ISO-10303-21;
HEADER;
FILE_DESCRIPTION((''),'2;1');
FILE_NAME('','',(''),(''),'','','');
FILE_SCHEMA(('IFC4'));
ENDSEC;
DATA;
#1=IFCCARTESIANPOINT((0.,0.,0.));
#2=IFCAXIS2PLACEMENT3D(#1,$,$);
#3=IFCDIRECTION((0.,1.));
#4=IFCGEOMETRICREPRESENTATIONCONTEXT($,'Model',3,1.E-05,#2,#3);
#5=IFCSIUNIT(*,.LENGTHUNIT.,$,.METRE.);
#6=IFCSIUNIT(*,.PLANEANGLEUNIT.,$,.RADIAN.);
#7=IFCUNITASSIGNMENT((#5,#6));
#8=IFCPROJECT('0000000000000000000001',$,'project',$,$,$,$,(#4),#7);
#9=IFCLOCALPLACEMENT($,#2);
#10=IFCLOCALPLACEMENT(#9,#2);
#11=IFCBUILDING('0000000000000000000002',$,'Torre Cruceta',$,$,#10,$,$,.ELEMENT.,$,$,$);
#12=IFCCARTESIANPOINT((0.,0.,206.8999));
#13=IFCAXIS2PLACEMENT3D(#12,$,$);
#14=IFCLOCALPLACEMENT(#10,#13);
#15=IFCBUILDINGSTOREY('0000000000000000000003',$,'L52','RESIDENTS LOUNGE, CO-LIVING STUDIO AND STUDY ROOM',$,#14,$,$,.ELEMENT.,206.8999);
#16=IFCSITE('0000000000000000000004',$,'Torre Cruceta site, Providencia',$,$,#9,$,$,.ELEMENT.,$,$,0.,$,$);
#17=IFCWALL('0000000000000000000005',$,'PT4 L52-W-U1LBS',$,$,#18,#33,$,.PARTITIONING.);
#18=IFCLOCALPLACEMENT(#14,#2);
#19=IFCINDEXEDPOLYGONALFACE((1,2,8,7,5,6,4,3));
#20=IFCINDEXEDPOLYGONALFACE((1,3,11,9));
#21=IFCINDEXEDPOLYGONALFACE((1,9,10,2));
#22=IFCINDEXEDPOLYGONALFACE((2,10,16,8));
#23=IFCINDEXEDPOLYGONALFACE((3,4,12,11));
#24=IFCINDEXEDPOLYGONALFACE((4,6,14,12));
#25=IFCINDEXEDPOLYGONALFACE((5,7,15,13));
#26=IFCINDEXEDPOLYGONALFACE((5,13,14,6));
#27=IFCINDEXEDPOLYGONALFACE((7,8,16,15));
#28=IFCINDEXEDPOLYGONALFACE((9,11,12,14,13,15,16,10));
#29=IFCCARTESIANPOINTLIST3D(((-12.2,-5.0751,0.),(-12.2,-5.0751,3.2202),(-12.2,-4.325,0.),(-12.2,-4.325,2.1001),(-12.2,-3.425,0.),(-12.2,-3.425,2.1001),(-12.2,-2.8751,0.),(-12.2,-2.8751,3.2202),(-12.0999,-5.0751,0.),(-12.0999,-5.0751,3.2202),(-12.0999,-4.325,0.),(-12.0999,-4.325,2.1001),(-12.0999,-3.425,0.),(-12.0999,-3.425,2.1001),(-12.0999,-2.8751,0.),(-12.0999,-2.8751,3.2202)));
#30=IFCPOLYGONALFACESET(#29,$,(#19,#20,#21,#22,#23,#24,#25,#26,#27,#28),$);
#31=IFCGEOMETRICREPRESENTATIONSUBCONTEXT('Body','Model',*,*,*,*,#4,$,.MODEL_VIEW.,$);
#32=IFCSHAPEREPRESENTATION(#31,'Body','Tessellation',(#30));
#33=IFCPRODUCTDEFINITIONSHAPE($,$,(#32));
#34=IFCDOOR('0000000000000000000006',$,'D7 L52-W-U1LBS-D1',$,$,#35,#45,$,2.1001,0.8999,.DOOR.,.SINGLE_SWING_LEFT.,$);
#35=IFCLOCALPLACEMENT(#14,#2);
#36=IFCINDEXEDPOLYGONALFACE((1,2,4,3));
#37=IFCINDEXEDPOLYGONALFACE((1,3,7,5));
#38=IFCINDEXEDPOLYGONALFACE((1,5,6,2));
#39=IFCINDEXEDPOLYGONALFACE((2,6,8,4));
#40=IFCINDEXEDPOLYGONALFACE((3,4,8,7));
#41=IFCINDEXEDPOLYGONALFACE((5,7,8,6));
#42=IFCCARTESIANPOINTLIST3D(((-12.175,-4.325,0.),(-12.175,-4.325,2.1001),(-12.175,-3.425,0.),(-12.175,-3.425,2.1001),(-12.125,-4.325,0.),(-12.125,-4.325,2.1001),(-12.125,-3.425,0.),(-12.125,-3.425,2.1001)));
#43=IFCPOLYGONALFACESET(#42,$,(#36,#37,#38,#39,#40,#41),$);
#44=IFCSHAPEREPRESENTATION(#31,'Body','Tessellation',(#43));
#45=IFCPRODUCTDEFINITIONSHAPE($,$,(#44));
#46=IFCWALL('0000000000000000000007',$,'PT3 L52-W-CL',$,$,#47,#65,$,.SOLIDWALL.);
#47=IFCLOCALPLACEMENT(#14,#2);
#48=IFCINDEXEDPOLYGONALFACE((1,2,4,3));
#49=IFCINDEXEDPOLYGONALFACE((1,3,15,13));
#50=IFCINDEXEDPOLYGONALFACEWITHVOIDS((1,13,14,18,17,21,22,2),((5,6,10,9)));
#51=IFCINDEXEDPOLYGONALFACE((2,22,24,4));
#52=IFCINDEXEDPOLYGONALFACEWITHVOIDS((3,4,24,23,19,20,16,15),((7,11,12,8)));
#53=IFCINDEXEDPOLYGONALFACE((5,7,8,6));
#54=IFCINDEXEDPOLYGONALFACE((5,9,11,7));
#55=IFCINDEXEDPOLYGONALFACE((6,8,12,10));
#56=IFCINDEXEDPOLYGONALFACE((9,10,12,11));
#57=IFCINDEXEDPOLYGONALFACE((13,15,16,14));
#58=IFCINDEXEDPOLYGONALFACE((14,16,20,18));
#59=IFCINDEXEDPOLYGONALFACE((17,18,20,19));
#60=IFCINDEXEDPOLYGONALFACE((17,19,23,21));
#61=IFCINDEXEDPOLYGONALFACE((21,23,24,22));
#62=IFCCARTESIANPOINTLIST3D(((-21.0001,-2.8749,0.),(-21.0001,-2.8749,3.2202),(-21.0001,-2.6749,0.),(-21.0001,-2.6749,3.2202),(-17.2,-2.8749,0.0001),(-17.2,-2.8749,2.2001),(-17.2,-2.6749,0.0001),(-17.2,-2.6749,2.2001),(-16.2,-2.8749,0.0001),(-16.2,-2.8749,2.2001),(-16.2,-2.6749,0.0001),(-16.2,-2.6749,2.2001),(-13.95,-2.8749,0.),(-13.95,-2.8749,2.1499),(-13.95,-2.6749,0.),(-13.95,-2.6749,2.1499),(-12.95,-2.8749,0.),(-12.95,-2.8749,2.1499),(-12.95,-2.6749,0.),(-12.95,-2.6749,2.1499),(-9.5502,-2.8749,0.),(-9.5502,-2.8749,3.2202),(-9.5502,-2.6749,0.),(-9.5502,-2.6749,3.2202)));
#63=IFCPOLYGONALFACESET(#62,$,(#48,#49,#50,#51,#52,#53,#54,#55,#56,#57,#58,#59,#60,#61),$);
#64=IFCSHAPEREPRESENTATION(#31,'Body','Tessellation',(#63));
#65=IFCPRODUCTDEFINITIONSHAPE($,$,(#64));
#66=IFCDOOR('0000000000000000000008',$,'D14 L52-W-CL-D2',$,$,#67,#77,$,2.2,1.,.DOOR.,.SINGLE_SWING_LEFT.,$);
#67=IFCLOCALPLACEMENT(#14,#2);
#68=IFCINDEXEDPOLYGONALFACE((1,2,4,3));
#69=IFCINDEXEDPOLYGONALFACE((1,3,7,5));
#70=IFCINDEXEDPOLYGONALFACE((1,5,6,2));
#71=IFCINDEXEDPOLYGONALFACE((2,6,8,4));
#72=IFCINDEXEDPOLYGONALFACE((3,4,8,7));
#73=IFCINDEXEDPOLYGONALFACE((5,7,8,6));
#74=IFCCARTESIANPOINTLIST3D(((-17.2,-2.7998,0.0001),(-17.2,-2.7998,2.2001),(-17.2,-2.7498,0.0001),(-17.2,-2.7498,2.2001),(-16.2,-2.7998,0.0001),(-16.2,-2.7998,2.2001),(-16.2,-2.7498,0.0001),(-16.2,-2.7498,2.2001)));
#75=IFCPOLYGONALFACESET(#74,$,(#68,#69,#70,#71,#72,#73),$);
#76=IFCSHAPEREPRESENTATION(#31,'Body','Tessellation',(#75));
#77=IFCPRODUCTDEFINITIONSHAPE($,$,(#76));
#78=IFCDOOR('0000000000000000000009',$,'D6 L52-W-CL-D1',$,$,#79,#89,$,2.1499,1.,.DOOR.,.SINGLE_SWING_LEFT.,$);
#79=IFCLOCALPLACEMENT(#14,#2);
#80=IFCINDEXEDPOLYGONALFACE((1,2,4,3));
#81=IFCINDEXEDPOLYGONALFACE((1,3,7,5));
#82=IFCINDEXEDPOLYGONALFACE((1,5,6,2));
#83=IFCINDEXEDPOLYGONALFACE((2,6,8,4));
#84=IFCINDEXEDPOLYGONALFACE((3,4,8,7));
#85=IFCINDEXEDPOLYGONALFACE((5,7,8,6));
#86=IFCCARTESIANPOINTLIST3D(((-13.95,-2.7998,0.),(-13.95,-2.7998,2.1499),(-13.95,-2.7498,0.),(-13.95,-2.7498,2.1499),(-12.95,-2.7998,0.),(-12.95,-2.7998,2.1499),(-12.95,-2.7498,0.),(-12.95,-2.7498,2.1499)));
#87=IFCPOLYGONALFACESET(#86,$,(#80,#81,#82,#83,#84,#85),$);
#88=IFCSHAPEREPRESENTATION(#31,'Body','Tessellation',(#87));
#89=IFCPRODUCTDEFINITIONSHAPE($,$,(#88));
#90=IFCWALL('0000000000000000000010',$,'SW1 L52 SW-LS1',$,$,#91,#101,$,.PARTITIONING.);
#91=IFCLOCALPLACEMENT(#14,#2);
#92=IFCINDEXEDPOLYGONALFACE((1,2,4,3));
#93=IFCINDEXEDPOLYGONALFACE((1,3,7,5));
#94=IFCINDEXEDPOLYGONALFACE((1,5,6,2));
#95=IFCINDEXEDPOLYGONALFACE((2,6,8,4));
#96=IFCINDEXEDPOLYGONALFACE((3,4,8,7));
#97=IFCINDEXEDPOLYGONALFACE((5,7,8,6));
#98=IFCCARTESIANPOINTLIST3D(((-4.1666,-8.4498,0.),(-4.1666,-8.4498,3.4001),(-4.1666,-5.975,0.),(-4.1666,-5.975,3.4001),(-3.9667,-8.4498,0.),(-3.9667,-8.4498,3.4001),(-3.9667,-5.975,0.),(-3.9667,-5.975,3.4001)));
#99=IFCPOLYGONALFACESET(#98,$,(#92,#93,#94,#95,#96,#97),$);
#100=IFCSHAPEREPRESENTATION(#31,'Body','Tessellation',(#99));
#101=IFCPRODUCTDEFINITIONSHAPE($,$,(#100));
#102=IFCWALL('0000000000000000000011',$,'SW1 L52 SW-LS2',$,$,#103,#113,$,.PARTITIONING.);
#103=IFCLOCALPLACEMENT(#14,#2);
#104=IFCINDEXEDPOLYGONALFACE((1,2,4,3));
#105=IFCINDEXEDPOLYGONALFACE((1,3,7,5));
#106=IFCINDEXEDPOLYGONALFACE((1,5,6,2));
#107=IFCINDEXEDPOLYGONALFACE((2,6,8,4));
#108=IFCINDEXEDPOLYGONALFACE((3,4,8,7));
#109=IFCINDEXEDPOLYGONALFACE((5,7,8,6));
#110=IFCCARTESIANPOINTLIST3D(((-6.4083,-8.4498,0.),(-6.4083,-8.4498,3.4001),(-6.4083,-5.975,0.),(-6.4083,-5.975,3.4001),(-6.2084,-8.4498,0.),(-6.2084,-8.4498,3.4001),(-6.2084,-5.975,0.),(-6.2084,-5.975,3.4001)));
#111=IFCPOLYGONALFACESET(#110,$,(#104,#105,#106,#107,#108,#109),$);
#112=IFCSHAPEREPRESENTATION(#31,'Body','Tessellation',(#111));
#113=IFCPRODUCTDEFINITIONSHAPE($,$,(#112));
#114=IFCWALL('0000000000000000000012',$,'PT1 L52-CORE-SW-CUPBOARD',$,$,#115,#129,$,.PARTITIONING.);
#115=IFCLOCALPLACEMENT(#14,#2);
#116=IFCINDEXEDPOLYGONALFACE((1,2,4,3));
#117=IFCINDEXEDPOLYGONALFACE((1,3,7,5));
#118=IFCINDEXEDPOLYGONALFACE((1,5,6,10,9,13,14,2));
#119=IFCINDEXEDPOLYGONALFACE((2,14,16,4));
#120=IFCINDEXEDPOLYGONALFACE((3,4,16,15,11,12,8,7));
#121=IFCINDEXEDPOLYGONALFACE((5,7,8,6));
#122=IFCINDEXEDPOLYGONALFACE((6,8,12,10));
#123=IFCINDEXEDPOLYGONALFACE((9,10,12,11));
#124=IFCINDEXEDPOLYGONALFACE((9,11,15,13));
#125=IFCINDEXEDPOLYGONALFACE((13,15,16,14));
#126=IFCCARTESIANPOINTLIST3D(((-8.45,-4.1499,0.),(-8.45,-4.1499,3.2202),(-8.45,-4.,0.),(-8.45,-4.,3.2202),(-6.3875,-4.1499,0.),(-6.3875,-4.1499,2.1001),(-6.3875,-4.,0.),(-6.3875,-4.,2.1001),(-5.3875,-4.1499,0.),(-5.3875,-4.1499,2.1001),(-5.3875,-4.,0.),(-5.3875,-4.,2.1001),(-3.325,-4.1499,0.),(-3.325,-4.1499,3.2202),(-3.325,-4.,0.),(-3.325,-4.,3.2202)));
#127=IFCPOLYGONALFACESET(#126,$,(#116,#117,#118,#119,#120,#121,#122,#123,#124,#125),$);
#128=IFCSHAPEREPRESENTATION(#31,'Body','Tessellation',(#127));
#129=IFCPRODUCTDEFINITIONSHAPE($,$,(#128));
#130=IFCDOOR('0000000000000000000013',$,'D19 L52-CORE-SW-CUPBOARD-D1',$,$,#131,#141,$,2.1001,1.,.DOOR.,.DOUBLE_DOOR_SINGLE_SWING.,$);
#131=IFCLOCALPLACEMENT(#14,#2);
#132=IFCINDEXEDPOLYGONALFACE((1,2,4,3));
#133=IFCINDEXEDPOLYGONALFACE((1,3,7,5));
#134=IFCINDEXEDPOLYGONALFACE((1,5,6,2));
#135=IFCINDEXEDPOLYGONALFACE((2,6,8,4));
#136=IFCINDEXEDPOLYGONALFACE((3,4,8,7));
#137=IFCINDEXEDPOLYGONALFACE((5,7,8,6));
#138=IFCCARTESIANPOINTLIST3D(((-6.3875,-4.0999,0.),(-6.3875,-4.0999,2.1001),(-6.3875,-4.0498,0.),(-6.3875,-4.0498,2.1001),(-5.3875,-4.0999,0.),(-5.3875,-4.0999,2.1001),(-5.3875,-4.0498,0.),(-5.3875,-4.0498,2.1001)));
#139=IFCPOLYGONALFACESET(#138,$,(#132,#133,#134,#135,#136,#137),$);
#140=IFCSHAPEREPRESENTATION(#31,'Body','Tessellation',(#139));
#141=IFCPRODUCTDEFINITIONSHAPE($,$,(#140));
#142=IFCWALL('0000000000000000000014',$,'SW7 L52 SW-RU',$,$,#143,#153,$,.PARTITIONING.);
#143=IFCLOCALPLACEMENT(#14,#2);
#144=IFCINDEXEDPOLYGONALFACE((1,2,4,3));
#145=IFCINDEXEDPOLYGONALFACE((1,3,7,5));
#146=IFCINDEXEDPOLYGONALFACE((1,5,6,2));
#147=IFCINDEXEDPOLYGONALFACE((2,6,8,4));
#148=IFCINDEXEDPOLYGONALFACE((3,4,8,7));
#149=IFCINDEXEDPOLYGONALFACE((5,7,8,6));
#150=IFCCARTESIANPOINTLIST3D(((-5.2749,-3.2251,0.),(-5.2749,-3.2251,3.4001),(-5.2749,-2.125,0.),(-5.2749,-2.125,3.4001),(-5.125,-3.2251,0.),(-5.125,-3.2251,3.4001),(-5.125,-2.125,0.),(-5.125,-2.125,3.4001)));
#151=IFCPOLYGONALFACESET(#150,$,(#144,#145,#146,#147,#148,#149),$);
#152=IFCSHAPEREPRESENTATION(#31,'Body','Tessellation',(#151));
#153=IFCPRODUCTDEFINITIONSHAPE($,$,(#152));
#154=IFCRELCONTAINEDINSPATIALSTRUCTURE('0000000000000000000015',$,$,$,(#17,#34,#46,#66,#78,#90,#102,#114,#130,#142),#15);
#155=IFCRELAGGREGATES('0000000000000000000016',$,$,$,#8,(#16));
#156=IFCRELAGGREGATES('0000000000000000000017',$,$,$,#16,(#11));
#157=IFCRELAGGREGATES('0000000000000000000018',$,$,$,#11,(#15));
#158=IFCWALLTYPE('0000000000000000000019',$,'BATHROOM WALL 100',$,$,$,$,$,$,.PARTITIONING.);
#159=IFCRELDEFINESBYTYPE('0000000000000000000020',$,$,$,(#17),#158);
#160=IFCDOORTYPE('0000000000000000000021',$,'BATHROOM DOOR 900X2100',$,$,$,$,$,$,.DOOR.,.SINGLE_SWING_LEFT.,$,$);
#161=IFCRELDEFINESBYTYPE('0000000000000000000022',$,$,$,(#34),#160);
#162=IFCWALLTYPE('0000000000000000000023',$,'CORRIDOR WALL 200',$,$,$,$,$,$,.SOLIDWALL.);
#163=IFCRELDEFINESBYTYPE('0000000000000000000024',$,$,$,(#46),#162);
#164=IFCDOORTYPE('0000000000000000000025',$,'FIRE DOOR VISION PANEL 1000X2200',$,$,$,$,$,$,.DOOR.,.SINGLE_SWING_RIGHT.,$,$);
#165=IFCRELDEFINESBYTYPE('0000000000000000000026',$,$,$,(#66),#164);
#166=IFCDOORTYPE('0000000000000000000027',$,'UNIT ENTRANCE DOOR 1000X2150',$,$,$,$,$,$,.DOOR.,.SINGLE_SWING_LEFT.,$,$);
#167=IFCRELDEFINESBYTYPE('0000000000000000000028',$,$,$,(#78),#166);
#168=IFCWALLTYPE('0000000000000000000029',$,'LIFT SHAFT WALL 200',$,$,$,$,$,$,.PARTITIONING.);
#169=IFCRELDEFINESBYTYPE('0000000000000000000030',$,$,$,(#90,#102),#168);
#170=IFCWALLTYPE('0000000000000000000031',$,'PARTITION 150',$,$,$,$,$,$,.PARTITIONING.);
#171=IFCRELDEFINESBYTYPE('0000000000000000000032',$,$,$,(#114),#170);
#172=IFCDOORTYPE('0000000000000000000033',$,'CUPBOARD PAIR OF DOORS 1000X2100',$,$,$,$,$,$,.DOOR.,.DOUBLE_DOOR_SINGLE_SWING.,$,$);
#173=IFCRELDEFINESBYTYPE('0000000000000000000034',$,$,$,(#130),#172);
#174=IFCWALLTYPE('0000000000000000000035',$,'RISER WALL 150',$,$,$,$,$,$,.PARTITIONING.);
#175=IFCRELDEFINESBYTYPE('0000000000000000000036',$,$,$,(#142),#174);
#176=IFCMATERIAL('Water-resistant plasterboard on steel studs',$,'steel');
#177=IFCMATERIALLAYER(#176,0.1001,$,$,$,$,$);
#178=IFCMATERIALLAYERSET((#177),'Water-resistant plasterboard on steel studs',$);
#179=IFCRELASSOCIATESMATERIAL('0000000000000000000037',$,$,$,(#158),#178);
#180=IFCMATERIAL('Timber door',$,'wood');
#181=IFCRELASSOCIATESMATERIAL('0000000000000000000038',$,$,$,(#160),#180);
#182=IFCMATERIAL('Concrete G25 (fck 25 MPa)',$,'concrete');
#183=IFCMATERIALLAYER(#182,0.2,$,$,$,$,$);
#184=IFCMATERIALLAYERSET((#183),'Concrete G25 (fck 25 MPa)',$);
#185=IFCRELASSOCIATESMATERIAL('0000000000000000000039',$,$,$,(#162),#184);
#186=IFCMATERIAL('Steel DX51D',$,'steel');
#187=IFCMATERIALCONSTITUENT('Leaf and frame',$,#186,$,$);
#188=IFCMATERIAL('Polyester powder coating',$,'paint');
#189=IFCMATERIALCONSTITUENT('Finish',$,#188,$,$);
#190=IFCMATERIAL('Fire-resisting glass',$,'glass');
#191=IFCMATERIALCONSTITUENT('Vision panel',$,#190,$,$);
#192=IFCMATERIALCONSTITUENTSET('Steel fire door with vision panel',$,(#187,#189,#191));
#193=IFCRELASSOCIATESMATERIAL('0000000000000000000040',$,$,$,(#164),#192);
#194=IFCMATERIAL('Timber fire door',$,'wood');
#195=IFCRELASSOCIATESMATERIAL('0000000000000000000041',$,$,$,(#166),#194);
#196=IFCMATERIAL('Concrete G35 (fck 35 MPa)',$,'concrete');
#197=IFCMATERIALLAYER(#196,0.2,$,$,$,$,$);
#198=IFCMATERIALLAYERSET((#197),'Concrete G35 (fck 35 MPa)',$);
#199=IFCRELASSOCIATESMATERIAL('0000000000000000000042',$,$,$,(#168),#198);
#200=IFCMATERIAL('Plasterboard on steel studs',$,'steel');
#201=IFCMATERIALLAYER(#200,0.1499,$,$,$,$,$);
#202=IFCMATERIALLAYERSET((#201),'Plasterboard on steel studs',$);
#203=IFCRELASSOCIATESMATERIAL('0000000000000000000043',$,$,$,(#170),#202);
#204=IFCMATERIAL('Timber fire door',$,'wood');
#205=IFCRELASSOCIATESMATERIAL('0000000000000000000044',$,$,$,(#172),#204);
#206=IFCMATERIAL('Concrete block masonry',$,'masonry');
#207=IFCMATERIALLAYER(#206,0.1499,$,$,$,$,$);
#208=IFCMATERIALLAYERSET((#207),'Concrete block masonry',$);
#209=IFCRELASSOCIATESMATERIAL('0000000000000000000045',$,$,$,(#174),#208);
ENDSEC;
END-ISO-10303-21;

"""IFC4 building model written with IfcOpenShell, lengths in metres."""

from ifc_helpers import new_model, si_unit, direction, frame, frame_2d, origin, place, context, subcontext, project, spatial, rectangle, extrude, material, layer, layer_set, constituent, constituent_set, type_object, element, fill, save


model = new_model("IFC4")

# Units and contexts
model_context = context("Model", 3, precision=1e-05, world=origin(), true_north=direction((0.0, 1.0)))
body_context = subcontext(model_context, "Body", "Model", "MODEL_VIEW")
ifc_project = project(units=[si_unit("LENGTHUNIT", "METRE"), si_unit("PLANEANGLEUNIT", "RADIAN")], contexts=[model_context])

# Site, building, storey
site_placement = place(None, origin())
site = spatial("IfcSite", under=ifc_project, at=site_placement, Name="Torre Cruceta site, Providencia", CompositionType="ELEMENT", RefElevation=0.0)
building_placement = place(site_placement, origin())
building = spatial("IfcBuilding", under=site, at=building_placement, Name="Torre Cruceta", CompositionType="ELEMENT")
storey_placement = place(building_placement, frame((0.0, 0.0, 206.8999)))
storey = spatial("IfcBuildingStorey", under=building, at=storey_placement, Name="L52", Description="RESIDENTS LOUNGE, CO-LIVING STUDIO AND STUDY ROOM", CompositionType="ELEMENT", Elevation=206.8999)

# Shared definitions
ifc_material_1 = material(Name="Water-resistant plasterboard on steel studs", Category="steel")
ifc_layer_1 = layer(ifc_material_1, 0.1001)
ifc_layer_set_1 = layer_set([ifc_layer_1], Name="Water-resistant plasterboard on steel studs")
wall_type_1 = type_object("IfcWallType", Name="BATHROOM WALL 100", PredefinedType="PARTITIONING", material=ifc_layer_set_1)

# Wall, opening, door
wall_1_placement = place(storey_placement, frame((-12.1499, -2.875, 0.0), z_axis=(0.0, 0.0, 1.0), x_axis=(0.0, -1.0, 0.0)))
wall_1 = element("IfcWall", 1, at=wall_1_placement, inside=storey, type_object=wall_type_1, Name="PT4 L52-W-U1LBS", PredefinedType="PARTITIONING", context=body_context, shape_type="SweptSolid", body=[
    extrude(rectangle(XDim=2.2, YDim=0.1001, at=frame_2d((1.1001, 0.0))), origin(), (0.0, 0.0, 1.0), 3.2202),
])
opening_1_placement = place(wall_1_placement, frame((0.55, 0.0, 0.0)))
opening_1 = element("IfcOpeningElement", 2, at=opening_1_placement, cuts=wall_1, PredefinedType="OPENING", context=body_context, shape_type="SweptSolid", body=[
    extrude(rectangle(XDim=0.8999, YDim=2.1001, at=frame_2d((0.45, 1.05))), frame((0.0, 0.0601, 0.0), z_axis=(0.0, -1.0, 0.0), x_axis=(1.0, 0.0, 0.0)), (0.0, 0.0, 1.0), 0.1201),
])
ifc_material_2 = material(Name="Timber door", Category="wood")
door_type_1 = type_object("IfcDoorType", Name="BATHROOM DOOR 900X2100", OperationType="SINGLE_SWING_LEFT", PredefinedType="DOOR", material=ifc_material_2)
door_1_placement = place(opening_1_placement, origin())
door_1 = element("IfcDoor", 3, at=door_1_placement, inside=storey, type_object=door_type_1, Name="D7 L52-W-U1LBS-D1", OperationType="SINGLE_SWING_LEFT", OverallHeight=2.1001, OverallWidth=0.8999, PredefinedType="DOOR", context=body_context, shape_type="SweptSolid", body=[
    extrude(rectangle(XDim=0.8999, YDim=2.1001, at=frame_2d((0.45, 1.05))), frame((0.0, 0.0249, 0.0), z_axis=(0.0, -1.0, 0.0), x_axis=(1.0, 0.0, 0.0)), (0.0, 0.0, 1.0), 0.05),
])
fill(opening_1, door_1)

# Wall, openings, doors
ifc_material_3 = material(Name="Concrete G25 (fck 25 MPa)", Category="concrete")
ifc_layer_2 = layer(ifc_material_3, 0.2)
ifc_layer_set_2 = layer_set([ifc_layer_2], Name="Concrete G25 (fck 25 MPa)")
wall_type_2 = type_object("IfcWallType", Name="CORRIDOR WALL 200", PredefinedType="SOLIDWALL", material=ifc_layer_set_2)
wall_2_placement = place(storey_placement, frame((-9.55, -2.7749, 0.0), z_axis=(0.0, 0.0, 1.0), x_axis=(-1.0, 0.0, 0.0)))
wall_2 = element("IfcWall", 4, at=wall_2_placement, inside=storey, type_object=wall_type_2, Name="PT3 L52-W-CL", PredefinedType="SOLIDWALL", context=body_context, shape_type="SweptSolid", body=[
    extrude(rectangle(XDim=11.45, YDim=0.2, at=frame_2d((5.7251, 0.0))), origin(), (0.0, 0.0, 1.0), 3.2202),
])
opening_2_placement = place(wall_2_placement, frame((3.3999, 0.0, 0.0)))
opening_2 = element("IfcOpeningElement", 5, at=opening_2_placement, cuts=wall_2, PredefinedType="OPENING", context=body_context, shape_type="SweptSolid", body=[
    extrude(rectangle(XDim=1.0, YDim=2.1499, at=frame_2d((0.5, 1.075))), frame((0.0, 0.1099, 0.0), z_axis=(0.0, -1.0, 0.0), x_axis=(1.0, 0.0, 0.0)), (0.0, 0.0, 1.0), 0.22),
])
opening_3_placement = place(wall_2_placement, frame((6.6499, 0.0, 0.0)))
opening_3 = element("IfcOpeningElement", 6, at=opening_3_placement, cuts=wall_2, PredefinedType="OPENING", context=body_context, shape_type="SweptSolid", body=[
    extrude(rectangle(XDim=1.0, YDim=2.2, at=frame_2d((0.5, 1.1001))), frame((0.0, 0.1099, 0.0), z_axis=(0.0, -1.0, 0.0), x_axis=(1.0, 0.0, 0.0)), (0.0, 0.0, 1.0), 0.22),
])
ifc_material_4 = material(Name="Steel DX51D", Category="steel")
ifc_constituent_1 = constituent(ifc_material_4, Name="Leaf and frame")
ifc_material_5 = material(Name="Polyester powder coating", Category="paint")
ifc_constituent_2 = constituent(ifc_material_5, Name="Finish")
ifc_material_6 = material(Name="Fire-resisting glass", Category="glass")
ifc_constituent_3 = constituent(ifc_material_6, Name="Vision panel")
ifc_constituent_set_1 = constituent_set(constituents=[ifc_constituent_1, ifc_constituent_2, ifc_constituent_3], Name="Steel fire door with vision panel")
door_type_2 = type_object("IfcDoorType", Name="FIRE DOOR VISION PANEL 1000X2200", OperationType="SINGLE_SWING_RIGHT", PredefinedType="DOOR", material=ifc_constituent_set_1)
door_2_placement = place(opening_3_placement, origin())
door_2 = element("IfcDoor", 7, at=door_2_placement, inside=storey, type_object=door_type_2, Name="D14 L52-W-CL-D2", OperationType="SINGLE_SWING_LEFT", OverallHeight=2.2, OverallWidth=1.0, PredefinedType="DOOR", context=body_context, shape_type="SweptSolid", body=[
    extrude(rectangle(XDim=1.0, YDim=2.2, at=frame_2d((0.5, 1.1001))), frame((0.0, 0.0249, 0.0), z_axis=(0.0, -1.0, 0.0), x_axis=(1.0, 0.0, 0.0)), (0.0, 0.0, 1.0), 0.05),
])
fill(opening_3, door_2)
ifc_material_7 = material(Name="Timber fire door", Category="wood")
door_type_3 = type_object("IfcDoorType", Name="UNIT ENTRANCE DOOR 1000X2150", OperationType="SINGLE_SWING_LEFT", PredefinedType="DOOR", material=ifc_material_7)
door_3_placement = place(opening_2_placement, origin())
door_3 = element("IfcDoor", 8, at=door_3_placement, inside=storey, type_object=door_type_3, Name="D6 L52-W-CL-D1", OperationType="SINGLE_SWING_LEFT", OverallHeight=2.1499, OverallWidth=1.0, PredefinedType="DOOR", context=body_context, shape_type="SweptSolid", body=[
    extrude(rectangle(XDim=1.0, YDim=2.1499, at=frame_2d((0.5, 1.075))), frame((0.0, 0.0249, 0.0), z_axis=(0.0, -1.0, 0.0), x_axis=(1.0, 0.0, 0.0)), (0.0, 0.0, 1.0), 0.05),
])
fill(opening_2, door_3)

# Walls
ifc_material_8 = material(Name="Concrete G35 (fck 35 MPa)", Category="concrete")
ifc_layer_3 = layer(ifc_material_8, 0.2)
ifc_layer_set_3 = layer_set([ifc_layer_3], Name="Concrete G35 (fck 35 MPa)")
wall_type_3 = type_object("IfcWallType", Name="LIFT SHAFT WALL 200", PredefinedType="PARTITIONING", material=ifc_layer_set_3)
for number, where, z_axis, x_axis, name in (
    (9, (-4.0667, -5.9751, 0.0), (0.0, 0.0, 1.0), (0.0, -1.0, 0.0), "SW1 L52 SW-LS1"),
    (10, (-6.3083, -5.9751, 0.0), (0.0, 0.0, 1.0), (0.0, -1.0, 0.0), "SW1 L52 SW-LS2"),
):
    element("IfcWall", number, at=place(storey_placement, frame(where, z_axis=z_axis, x_axis=x_axis)), inside=storey, type_object=wall_type_3, Name=name, PredefinedType="PARTITIONING", context=body_context, shape_type="SweptSolid", body=[
        extrude(rectangle(XDim=2.4749, YDim=0.2, at=frame_2d((1.2373, 0.0))), origin(), (0.0, 0.0, 1.0), 3.4001),
    ])

# Wall, opening, door
ifc_material_9 = material(Name="Plasterboard on steel studs", Category="steel")
ifc_layer_4 = layer(ifc_material_9, 0.1499)
ifc_layer_set_4 = layer_set([ifc_layer_4], Name="Plasterboard on steel studs")
wall_type_4 = type_object("IfcWallType", Name="PARTITION 150", PredefinedType="PARTITIONING", material=ifc_layer_set_4)
wall_3_placement = place(storey_placement, frame((-3.325, -4.075, 0.0), z_axis=(0.0, 0.0, 1.0), x_axis=(-1.0, 0.0, 0.0)))
wall_3 = element("IfcWall", 11, at=wall_3_placement, inside=storey, type_object=wall_type_4, Name="PT1 L52-CORE-SW-CUPBOARD", PredefinedType="PARTITIONING", context=body_context, shape_type="SweptSolid", body=[
    extrude(rectangle(XDim=5.125, YDim=0.1499, at=frame_2d((2.5625, 0.0))), origin(), (0.0, 0.0, 1.0), 3.2202),
])
opening_4_placement = place(wall_3_placement, frame((2.0625, 0.0, 0.0)))
opening_4 = element("IfcOpeningElement", 12, at=opening_4_placement, cuts=wall_3, PredefinedType="OPENING", context=body_context, shape_type="SweptSolid", body=[
    extrude(rectangle(XDim=1.0, YDim=2.1001, at=frame_2d((0.5, 1.05))), frame((0.0, 0.085, 0.0), z_axis=(0.0, -1.0, 0.0), x_axis=(1.0, 0.0, 0.0)), (0.0, 0.0, 1.0), 0.1699),
])
ifc_material_10 = material(Name="Timber fire door", Category="wood")
door_type_4 = type_object("IfcDoorType", Name="CUPBOARD PAIR OF DOORS 1000X2100", OperationType="DOUBLE_DOOR_SINGLE_SWING", PredefinedType="DOOR", material=ifc_material_10)
door_4_placement = place(opening_4_placement, frame((1.0, 0.0, 0.0), z_axis=(0.0, 0.0, 1.0), x_axis=(-1.0, 0.0, 0.0)))
door_4 = element("IfcDoor", 13, at=door_4_placement, inside=storey, type_object=door_type_4, Name="D19 L52-CORE-SW-CUPBOARD-D1", OperationType="DOUBLE_DOOR_SINGLE_SWING", OverallHeight=2.1001, OverallWidth=1.0, PredefinedType="DOOR", context=body_context, shape_type="SweptSolid", body=[
    extrude(rectangle(XDim=1.0, YDim=2.1001, at=frame_2d((0.5, 1.05))), frame((0.0, 0.0251, 0.0), z_axis=(0.0, -1.0, 0.0), x_axis=(1.0, 0.0, 0.0)), (0.0, 0.0, 1.0), 0.05),
])
fill(opening_4, door_4)

# Wall
ifc_material_11 = material(Name="Concrete block masonry", Category="masonry")
ifc_layer_5 = layer(ifc_material_11, 0.1499)
ifc_layer_set_5 = layer_set([ifc_layer_5], Name="Concrete block masonry")
wall_type_5 = type_object("IfcWallType", Name="RISER WALL 150", PredefinedType="PARTITIONING", material=ifc_layer_set_5)
wall_4_placement = place(storey_placement, frame((-5.2, -2.125, 0.0), z_axis=(0.0, 0.0, 1.0), x_axis=(0.0, -1.0, 0.0)))
element("IfcWall", 14, at=wall_4_placement, inside=storey, type_object=wall_type_5, Name="SW7 L52 SW-RU", PredefinedType="PARTITIONING", context=body_context, shape_type="SweptSolid", body=[
    extrude(rectangle(XDim=1.1001, YDim=0.1499, at=frame_2d((0.55, 0.0))), origin(), (0.0, 0.0, 1.0), 3.4001),
])

save(model, "model.ifc")
